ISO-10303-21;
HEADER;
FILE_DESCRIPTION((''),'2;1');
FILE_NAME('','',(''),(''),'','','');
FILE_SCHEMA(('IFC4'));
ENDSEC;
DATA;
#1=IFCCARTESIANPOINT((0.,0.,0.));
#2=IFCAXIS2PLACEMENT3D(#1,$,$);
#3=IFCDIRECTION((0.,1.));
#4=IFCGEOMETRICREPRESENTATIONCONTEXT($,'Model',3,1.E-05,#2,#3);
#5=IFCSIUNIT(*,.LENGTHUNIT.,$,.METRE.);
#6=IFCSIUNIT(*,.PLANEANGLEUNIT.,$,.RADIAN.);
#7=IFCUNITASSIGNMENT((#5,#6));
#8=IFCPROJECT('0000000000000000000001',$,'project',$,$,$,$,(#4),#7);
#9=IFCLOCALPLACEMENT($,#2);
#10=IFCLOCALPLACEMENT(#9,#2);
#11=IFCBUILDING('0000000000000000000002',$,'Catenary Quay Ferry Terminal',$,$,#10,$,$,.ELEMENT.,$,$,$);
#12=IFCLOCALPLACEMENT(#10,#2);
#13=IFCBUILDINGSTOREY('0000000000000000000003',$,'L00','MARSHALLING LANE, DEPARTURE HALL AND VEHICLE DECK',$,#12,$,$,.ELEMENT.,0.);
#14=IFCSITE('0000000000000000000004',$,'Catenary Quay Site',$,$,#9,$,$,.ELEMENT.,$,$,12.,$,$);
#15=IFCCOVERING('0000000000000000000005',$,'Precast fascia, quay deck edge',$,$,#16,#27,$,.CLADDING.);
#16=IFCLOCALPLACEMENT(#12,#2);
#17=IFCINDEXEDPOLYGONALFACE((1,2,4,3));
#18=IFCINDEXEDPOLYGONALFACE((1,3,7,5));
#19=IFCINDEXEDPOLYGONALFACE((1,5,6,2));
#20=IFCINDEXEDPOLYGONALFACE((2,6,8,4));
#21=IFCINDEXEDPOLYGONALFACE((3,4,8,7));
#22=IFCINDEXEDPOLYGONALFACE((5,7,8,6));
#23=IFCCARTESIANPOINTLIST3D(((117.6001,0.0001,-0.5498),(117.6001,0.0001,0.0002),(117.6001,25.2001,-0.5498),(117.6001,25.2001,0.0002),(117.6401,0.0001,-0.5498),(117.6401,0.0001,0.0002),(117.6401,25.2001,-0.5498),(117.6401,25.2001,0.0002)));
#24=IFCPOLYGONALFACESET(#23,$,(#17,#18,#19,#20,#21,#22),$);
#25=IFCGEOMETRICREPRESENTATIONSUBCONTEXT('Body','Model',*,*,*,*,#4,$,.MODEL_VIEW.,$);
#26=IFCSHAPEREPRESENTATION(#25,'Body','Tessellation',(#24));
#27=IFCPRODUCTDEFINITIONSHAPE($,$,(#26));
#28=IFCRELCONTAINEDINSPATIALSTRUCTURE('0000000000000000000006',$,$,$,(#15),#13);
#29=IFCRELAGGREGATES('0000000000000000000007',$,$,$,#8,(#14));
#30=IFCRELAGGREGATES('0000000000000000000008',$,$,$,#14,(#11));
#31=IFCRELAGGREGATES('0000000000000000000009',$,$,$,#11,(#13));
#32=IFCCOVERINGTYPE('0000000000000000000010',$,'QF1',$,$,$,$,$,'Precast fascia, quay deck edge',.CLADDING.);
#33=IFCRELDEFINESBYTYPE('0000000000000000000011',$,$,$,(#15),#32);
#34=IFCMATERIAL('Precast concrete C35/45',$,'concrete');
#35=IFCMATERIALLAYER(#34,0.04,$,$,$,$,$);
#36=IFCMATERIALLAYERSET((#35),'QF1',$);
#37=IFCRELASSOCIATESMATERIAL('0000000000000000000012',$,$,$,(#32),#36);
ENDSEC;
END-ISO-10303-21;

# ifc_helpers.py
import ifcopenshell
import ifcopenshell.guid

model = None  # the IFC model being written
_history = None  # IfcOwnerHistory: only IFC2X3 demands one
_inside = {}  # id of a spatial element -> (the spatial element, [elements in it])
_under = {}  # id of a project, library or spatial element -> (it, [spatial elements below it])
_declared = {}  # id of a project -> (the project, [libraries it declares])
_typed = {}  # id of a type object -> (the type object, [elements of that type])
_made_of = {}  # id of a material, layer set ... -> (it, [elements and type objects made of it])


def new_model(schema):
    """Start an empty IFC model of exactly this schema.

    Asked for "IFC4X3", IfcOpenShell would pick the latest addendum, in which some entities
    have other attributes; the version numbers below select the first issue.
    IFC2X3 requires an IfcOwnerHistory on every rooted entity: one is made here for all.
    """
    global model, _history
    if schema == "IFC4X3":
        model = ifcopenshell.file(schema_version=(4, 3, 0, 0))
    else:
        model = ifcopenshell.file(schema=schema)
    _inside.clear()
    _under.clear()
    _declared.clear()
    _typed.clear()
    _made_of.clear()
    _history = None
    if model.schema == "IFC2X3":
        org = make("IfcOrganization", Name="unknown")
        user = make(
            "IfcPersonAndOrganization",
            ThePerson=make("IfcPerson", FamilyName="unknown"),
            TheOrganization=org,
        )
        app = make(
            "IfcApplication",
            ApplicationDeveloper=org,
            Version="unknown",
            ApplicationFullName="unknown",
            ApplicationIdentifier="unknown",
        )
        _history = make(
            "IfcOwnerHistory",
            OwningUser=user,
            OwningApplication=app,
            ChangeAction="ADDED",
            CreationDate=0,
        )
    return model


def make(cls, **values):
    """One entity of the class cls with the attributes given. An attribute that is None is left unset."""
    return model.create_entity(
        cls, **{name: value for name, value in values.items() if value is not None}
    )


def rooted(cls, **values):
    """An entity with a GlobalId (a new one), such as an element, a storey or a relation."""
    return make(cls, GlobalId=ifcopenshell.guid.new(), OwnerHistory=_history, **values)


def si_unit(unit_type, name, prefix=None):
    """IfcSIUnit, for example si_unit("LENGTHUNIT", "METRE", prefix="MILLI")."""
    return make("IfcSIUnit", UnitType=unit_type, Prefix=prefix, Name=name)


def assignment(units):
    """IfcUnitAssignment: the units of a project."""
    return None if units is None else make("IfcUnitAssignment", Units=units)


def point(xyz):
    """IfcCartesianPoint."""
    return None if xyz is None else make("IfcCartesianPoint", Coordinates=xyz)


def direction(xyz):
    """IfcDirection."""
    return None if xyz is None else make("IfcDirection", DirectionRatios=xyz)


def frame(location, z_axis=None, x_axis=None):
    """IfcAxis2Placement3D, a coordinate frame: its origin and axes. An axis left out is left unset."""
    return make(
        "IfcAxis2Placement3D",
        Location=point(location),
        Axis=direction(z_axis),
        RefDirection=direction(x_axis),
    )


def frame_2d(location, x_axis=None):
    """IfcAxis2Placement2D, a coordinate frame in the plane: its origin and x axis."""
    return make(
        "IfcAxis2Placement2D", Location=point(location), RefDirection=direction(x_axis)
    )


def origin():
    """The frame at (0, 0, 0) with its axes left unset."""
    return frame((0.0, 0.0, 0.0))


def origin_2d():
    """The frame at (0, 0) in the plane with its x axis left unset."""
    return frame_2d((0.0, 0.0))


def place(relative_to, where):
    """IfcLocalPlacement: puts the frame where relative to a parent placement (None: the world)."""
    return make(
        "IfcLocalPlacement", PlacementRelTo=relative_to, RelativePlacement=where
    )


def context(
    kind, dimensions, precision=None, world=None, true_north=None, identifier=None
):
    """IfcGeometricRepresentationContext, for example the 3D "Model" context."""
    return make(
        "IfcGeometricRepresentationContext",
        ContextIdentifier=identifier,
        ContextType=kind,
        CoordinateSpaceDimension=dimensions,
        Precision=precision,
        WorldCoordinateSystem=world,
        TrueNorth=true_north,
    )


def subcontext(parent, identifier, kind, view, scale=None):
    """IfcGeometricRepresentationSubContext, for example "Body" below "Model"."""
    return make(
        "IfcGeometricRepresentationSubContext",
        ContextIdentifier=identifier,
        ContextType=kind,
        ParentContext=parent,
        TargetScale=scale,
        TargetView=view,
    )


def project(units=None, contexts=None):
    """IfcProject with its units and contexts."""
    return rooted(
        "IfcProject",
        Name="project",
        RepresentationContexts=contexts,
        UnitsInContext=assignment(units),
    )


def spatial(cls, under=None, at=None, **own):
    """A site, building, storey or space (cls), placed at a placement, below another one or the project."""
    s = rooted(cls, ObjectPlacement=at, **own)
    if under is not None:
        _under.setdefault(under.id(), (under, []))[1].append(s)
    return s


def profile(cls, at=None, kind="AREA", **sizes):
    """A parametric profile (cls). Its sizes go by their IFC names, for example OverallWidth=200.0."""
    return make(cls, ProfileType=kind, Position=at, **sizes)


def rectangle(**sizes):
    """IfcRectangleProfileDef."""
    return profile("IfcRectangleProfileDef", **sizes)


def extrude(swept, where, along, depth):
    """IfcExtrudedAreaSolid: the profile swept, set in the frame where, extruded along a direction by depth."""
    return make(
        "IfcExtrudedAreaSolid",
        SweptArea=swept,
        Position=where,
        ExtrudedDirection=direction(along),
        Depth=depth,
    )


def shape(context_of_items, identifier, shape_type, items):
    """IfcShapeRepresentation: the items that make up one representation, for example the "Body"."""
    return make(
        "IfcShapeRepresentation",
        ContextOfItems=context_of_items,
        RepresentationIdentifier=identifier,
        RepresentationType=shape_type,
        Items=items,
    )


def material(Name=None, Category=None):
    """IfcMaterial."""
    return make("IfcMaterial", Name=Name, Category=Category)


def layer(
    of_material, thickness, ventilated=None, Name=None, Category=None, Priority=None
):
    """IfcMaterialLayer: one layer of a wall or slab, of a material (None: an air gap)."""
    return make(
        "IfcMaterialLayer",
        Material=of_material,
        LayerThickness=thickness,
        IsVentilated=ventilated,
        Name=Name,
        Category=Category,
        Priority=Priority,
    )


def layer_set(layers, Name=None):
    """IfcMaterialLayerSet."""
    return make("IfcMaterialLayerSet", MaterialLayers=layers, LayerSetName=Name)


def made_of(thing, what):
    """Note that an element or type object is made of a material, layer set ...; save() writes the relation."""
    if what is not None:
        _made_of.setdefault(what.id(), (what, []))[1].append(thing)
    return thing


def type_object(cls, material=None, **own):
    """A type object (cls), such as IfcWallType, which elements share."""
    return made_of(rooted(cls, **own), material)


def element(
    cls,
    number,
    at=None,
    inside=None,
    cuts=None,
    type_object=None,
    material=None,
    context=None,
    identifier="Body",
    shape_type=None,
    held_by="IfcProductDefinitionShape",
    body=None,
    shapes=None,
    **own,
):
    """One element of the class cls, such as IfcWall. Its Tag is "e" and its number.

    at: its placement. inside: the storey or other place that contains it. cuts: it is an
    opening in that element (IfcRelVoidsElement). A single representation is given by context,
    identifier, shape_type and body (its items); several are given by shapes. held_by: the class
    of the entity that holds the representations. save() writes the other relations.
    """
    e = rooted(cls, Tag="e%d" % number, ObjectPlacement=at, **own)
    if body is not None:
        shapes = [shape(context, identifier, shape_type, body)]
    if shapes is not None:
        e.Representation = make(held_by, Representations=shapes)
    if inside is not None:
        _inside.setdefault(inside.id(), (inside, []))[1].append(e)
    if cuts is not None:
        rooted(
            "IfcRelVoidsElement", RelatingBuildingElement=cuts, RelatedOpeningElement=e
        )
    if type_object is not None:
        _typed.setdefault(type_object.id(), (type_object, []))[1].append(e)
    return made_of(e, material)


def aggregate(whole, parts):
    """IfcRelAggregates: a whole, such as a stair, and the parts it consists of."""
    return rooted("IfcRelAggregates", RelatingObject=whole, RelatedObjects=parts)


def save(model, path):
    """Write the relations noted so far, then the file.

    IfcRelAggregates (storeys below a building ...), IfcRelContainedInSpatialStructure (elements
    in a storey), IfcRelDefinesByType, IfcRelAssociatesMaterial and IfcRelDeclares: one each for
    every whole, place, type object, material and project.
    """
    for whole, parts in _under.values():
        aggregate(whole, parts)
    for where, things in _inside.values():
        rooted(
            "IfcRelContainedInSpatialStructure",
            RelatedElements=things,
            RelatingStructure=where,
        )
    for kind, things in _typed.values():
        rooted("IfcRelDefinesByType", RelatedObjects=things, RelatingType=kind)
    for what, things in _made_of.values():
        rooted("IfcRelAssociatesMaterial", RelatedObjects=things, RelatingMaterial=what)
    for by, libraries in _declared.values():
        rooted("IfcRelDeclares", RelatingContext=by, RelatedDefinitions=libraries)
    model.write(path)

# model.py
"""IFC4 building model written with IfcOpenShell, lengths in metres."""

from ifc_helpers import new_model, si_unit, direction, frame, origin, origin_2d, place, context, subcontext, project, spatial, rectangle, extrude, material, layer, layer_set, type_object, element, save


model = new_model("IFC4")

# Units and contexts
model_context = context("Model", 3, precision=1e-05, world=origin(), true_north=direction((0.0, 1.0)))
body_context = subcontext(model_context, "Body", "Model", "MODEL_VIEW")
ifc_project = project(units=[si_unit("LENGTHUNIT", "METRE"), si_unit("PLANEANGLEUNIT", "RADIAN")], contexts=[model_context])

# Site, building, storey
site_placement = place(None, origin())
site = spatial("IfcSite", under=ifc_project, at=site_placement, Name="Catenary Quay Site", CompositionType="ELEMENT", RefElevation=12.0)
building_placement = place(site_placement, origin())
building = spatial("IfcBuilding", under=site, at=building_placement, Name="Catenary Quay Ferry Terminal", CompositionType="ELEMENT")
storey_placement = place(building_placement, origin())
storey = spatial("IfcBuildingStorey", under=building, at=storey_placement, Name="L00", Description="MARSHALLING LANE, DEPARTURE HALL AND VEHICLE DECK", CompositionType="ELEMENT", Elevation=0.0)

# Covering
ifc_material_1 = material(Name="Precast concrete C35/45", Category="concrete")
ifc_layer_1 = layer(ifc_material_1, 0.04)
ifc_layer_set_1 = layer_set([ifc_layer_1], Name="QF1")
covering_type_1 = type_object("IfcCoveringType", Name="QF1", ElementType="Precast fascia, quay deck edge", PredefinedType="CLADDING", material=ifc_layer_set_1)
covering_1_placement = place(storey_placement, frame((117.6201, 12.6001, -0.5498), z_axis=(0.0, 0.0, 1.0), x_axis=(1.0, 0.0, 0.0)))
element("IfcCovering", 1, at=covering_1_placement, inside=storey, type_object=covering_type_1, Name="Precast fascia, quay deck edge", PredefinedType="CLADDING", context=body_context, shape_type="SweptSolid", body=[
    extrude(rectangle(XDim=0.04, YDim=25.2, at=origin_2d()), origin(), (0.0, 0.0, 1.0), 0.55),
])

save(model, "model.ifc")
